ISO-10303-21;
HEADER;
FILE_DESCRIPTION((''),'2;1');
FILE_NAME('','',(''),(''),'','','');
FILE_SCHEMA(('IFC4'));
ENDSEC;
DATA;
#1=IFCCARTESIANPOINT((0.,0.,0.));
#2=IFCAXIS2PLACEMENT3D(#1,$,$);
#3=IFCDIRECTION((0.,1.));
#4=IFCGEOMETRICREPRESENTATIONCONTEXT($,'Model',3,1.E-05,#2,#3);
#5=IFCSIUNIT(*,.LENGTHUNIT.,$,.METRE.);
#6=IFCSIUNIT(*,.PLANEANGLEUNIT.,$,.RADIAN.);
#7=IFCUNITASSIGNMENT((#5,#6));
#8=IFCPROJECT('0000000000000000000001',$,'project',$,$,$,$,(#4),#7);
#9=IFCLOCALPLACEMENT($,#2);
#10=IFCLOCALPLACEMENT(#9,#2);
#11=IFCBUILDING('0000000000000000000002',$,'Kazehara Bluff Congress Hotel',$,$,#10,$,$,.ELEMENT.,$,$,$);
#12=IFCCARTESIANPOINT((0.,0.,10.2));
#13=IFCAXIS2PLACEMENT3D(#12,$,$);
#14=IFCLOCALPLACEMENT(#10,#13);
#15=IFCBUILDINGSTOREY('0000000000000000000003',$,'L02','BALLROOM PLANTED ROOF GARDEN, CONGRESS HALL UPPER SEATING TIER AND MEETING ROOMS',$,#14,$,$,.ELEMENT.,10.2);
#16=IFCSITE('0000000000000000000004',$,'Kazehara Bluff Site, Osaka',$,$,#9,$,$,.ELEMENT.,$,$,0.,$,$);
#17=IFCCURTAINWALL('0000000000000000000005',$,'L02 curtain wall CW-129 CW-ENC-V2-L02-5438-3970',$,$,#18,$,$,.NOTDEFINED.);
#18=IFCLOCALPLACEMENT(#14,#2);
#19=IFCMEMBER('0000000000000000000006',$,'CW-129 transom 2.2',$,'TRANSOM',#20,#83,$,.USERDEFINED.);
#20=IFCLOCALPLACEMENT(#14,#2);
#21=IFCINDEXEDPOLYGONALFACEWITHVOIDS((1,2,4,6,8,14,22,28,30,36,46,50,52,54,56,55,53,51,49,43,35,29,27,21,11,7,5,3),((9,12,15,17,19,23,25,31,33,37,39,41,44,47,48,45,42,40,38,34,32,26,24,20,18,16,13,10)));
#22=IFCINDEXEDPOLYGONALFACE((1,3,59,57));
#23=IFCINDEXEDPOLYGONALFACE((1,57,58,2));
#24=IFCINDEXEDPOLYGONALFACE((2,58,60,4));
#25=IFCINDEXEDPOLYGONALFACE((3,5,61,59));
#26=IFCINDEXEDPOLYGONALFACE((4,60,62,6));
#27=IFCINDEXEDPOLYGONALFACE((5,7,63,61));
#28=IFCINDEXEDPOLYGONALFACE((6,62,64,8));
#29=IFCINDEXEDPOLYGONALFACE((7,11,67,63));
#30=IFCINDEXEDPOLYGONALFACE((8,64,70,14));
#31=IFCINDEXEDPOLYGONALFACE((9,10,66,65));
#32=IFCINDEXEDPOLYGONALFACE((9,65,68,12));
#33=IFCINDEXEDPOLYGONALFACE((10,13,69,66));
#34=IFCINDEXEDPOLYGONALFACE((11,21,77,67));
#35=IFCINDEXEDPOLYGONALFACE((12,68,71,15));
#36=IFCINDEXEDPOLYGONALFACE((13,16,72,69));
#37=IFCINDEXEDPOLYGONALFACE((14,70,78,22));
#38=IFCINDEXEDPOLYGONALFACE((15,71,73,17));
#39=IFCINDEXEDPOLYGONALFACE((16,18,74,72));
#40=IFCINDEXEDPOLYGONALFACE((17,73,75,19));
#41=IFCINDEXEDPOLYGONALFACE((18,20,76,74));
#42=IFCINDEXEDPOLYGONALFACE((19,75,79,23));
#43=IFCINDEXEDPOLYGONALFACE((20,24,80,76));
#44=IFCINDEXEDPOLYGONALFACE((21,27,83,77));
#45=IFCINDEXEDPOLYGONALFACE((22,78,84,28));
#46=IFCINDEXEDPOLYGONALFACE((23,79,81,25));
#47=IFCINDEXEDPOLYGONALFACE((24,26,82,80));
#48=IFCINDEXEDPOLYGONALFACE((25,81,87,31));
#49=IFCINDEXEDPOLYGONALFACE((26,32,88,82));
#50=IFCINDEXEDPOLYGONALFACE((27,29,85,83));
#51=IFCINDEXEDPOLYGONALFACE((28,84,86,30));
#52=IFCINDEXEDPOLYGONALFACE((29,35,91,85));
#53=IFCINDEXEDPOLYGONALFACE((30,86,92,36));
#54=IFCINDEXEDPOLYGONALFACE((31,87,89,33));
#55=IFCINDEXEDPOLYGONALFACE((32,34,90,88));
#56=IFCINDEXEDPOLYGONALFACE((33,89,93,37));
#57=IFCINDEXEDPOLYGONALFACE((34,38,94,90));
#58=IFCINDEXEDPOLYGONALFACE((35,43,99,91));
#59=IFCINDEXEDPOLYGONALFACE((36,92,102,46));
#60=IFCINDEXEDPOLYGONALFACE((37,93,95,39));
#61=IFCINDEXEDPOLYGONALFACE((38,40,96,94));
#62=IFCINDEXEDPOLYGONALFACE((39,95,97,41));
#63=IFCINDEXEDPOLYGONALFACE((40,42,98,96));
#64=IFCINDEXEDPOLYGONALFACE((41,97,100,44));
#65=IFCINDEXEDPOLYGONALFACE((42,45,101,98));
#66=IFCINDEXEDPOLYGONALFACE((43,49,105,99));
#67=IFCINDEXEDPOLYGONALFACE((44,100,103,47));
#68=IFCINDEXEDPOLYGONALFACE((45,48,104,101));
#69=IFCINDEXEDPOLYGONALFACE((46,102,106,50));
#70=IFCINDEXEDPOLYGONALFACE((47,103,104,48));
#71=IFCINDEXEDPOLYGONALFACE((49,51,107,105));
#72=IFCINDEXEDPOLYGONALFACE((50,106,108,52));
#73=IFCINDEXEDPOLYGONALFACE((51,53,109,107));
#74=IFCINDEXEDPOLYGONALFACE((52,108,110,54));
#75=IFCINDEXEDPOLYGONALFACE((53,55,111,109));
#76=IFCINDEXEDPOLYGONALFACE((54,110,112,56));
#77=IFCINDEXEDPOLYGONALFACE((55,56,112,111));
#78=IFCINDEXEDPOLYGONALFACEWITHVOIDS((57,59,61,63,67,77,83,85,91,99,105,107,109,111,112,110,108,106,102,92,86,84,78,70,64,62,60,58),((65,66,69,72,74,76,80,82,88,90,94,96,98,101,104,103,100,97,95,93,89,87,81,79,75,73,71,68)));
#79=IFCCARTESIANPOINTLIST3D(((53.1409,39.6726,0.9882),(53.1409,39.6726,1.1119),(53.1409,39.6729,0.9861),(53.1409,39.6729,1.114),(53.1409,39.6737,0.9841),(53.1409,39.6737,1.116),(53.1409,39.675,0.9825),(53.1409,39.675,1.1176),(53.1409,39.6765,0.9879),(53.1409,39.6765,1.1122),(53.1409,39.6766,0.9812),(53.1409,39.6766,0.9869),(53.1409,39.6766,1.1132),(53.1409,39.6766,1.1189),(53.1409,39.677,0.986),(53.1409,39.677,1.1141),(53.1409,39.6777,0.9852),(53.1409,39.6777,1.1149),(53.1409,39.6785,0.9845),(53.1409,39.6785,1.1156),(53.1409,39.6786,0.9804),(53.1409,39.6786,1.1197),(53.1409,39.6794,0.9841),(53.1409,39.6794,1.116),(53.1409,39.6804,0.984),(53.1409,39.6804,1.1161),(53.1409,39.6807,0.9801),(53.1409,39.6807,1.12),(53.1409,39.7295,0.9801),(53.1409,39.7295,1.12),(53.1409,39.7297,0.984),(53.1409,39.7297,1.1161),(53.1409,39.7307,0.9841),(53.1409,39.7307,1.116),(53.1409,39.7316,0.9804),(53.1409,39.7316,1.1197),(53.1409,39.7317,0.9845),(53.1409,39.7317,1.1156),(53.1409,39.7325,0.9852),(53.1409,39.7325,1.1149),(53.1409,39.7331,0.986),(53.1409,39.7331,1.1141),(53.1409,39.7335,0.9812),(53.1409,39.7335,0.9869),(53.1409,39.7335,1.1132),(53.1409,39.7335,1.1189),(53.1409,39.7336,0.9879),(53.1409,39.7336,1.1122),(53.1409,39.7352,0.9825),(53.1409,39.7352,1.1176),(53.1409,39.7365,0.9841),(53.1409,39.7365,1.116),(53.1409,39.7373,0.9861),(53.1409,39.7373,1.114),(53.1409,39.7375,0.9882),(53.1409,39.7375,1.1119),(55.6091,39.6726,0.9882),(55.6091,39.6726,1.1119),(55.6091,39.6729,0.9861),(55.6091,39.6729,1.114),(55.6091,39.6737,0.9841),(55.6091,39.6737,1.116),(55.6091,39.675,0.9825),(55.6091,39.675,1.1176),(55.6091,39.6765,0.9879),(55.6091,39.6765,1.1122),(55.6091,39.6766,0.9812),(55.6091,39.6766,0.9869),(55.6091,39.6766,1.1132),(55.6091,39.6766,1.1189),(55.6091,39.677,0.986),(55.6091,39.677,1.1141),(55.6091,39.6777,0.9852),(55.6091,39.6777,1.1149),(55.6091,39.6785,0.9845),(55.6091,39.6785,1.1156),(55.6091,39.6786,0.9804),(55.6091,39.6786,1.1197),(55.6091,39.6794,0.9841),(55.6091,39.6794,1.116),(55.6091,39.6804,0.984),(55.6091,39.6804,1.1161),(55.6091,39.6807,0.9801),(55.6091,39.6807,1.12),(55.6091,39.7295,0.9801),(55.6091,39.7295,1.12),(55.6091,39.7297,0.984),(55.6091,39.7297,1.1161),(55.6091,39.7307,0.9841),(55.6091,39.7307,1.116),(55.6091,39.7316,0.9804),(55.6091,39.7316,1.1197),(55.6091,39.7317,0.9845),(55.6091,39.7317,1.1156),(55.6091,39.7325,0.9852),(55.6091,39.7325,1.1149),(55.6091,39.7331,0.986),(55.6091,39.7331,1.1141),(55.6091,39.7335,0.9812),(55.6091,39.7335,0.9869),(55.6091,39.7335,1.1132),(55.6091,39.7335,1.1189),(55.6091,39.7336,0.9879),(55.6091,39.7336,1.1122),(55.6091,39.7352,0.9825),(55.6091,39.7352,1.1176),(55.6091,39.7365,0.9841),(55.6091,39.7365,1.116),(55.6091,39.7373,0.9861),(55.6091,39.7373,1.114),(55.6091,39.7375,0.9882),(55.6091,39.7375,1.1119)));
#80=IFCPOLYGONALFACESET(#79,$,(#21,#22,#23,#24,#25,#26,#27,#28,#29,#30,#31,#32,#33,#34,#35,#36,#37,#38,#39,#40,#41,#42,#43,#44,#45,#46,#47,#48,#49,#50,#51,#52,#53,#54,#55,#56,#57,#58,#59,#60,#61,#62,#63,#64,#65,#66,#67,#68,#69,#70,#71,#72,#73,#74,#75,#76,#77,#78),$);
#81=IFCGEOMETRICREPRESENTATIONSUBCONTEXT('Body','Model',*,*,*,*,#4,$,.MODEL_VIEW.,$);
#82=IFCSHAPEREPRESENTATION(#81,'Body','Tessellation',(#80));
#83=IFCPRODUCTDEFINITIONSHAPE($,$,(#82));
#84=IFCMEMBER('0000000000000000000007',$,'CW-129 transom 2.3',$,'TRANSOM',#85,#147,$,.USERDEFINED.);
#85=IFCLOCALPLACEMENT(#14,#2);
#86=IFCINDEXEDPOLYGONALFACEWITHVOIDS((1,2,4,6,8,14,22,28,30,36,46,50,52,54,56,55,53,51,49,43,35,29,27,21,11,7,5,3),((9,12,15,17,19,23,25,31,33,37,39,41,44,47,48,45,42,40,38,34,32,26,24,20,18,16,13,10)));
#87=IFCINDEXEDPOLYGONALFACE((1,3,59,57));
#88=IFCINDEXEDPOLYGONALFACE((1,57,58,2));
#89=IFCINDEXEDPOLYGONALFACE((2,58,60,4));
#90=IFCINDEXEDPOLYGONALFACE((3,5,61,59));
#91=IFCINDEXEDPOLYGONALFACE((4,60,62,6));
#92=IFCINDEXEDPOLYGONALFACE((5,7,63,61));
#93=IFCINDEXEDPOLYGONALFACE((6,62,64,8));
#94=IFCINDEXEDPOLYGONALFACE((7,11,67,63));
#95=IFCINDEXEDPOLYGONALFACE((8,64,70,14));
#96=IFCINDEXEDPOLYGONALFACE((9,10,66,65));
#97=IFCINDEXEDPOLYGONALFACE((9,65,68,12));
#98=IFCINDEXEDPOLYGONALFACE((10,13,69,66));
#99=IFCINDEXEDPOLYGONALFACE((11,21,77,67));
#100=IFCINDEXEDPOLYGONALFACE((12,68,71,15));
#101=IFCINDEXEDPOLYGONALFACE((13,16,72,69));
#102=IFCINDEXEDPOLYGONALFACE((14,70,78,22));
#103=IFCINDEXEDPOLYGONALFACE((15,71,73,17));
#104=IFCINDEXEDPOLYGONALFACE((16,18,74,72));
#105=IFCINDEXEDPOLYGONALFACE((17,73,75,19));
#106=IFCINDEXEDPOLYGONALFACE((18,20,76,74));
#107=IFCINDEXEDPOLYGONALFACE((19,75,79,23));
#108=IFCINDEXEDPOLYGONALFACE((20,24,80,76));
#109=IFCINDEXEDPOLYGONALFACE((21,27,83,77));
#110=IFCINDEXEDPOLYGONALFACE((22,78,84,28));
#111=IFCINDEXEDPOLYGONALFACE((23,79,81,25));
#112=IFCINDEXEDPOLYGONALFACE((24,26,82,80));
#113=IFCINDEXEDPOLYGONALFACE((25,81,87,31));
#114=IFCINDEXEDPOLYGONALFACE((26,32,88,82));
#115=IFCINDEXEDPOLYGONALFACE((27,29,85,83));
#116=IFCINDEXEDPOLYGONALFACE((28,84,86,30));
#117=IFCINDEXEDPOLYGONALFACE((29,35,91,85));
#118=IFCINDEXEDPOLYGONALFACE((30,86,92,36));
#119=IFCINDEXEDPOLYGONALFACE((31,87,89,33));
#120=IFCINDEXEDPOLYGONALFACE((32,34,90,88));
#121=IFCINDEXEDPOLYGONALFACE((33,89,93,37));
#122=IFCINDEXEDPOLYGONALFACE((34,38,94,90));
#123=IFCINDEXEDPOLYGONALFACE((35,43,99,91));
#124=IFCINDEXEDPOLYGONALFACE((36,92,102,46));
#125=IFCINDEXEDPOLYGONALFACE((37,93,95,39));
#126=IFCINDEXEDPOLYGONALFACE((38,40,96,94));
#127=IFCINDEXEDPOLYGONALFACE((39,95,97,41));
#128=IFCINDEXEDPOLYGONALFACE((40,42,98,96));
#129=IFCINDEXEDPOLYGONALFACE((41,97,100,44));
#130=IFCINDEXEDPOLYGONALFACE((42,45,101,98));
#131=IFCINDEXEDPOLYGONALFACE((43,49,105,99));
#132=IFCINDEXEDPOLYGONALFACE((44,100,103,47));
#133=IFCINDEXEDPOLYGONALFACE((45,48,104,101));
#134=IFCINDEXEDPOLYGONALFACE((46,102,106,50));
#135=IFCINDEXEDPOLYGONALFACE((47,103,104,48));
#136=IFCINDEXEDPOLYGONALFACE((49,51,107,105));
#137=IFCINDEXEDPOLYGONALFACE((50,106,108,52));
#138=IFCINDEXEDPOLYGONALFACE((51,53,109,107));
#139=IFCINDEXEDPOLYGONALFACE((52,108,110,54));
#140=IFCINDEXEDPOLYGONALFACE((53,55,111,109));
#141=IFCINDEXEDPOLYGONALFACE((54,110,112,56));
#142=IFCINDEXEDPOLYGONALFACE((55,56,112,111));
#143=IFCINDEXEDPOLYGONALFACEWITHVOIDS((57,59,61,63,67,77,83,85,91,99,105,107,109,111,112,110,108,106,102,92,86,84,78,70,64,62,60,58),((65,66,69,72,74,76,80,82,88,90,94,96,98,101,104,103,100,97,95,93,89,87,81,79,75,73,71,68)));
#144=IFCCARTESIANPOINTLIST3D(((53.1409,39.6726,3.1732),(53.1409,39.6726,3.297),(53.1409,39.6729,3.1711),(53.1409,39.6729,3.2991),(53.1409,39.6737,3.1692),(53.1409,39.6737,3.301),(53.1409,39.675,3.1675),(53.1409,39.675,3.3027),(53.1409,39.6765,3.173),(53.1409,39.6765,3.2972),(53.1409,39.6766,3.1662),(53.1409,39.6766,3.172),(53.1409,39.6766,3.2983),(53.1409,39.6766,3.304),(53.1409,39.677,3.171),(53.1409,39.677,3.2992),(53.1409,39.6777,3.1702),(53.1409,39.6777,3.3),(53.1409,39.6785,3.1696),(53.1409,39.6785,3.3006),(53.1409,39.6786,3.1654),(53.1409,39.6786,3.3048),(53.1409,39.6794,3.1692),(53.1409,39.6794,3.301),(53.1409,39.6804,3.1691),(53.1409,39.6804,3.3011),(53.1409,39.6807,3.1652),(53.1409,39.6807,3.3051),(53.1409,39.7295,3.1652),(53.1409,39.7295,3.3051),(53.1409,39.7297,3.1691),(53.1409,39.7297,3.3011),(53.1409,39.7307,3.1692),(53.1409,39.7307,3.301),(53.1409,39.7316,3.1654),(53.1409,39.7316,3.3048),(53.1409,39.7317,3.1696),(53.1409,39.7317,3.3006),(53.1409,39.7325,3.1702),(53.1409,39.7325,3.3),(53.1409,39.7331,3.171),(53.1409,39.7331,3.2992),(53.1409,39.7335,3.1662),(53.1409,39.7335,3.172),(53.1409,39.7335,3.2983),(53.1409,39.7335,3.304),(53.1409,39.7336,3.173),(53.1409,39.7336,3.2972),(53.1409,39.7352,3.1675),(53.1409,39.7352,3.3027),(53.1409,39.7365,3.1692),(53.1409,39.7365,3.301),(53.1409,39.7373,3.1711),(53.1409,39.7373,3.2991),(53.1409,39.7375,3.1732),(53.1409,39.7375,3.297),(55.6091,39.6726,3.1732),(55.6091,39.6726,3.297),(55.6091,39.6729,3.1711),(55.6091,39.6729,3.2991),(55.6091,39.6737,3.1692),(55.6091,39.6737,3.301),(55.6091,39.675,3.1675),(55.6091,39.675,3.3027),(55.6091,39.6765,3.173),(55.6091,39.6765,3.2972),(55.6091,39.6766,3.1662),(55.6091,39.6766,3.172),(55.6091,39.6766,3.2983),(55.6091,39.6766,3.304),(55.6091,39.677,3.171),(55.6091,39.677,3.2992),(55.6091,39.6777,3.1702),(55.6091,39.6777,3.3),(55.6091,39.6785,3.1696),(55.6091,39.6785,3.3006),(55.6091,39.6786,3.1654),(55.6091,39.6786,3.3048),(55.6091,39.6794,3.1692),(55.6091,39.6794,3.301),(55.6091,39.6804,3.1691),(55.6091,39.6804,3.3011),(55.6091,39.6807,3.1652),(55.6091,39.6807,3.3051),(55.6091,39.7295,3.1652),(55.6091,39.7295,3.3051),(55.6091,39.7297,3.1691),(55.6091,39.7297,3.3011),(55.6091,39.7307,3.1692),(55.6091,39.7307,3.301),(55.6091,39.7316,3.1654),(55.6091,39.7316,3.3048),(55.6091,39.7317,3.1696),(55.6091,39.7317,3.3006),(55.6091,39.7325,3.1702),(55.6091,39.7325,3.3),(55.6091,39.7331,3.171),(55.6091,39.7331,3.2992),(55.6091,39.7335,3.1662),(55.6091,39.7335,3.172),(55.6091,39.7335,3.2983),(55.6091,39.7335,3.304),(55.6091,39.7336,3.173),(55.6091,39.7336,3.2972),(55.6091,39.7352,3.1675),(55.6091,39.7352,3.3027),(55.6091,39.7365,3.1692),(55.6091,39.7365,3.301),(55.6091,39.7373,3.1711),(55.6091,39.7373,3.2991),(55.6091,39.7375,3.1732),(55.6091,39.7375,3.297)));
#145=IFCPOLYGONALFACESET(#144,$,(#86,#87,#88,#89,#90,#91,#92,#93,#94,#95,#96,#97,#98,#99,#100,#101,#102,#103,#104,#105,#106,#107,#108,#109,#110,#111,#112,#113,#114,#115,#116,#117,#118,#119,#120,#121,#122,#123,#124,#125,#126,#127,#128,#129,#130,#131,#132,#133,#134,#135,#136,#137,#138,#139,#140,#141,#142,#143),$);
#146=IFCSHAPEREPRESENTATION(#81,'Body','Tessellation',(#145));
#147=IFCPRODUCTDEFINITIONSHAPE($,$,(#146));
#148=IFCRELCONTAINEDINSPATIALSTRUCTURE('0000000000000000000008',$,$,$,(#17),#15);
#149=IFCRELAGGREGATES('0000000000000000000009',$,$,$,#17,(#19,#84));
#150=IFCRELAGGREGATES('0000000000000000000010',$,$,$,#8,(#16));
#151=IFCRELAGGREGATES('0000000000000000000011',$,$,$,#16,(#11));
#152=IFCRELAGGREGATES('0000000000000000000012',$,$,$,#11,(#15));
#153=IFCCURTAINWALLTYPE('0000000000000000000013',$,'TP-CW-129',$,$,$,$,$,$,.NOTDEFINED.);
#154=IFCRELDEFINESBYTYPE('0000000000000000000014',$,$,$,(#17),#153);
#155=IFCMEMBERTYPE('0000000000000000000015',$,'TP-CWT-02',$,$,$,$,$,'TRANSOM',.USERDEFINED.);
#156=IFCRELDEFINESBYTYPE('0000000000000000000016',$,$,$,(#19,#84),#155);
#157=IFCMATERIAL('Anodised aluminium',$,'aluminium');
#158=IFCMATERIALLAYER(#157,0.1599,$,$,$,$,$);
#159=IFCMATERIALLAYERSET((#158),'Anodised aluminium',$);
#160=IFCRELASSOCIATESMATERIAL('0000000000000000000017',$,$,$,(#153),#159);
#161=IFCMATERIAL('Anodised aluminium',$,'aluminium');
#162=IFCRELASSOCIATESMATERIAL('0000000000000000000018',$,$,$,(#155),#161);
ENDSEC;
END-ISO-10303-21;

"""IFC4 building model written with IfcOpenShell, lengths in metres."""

from ifc_helpers import new_model, si_unit, direction, frame, origin, origin_2d, place, context, subcontext, project, spatial, hollow_rectangle, extrude, material, layer, layer_set, material_profile, profile_set, type_object, element, aggregate, save


model = new_model("IFC4")

# Units and contexts
model_context = context("Model", 3, precision=1e-05, world=origin(), true_north=direction((0.0, 1.0)))
body_context = subcontext(model_context, "Body", "Model", "MODEL_VIEW")
ifc_project = project(units=[si_unit("LENGTHUNIT", "METRE"), si_unit("PLANEANGLEUNIT", "RADIAN")], contexts=[model_context])

# Site, building, storey
site_placement = place(None, origin())
site = spatial("IfcSite", under=ifc_project, at=site_placement, Name="Kazehara Bluff Site, Osaka", CompositionType="ELEMENT", RefElevation=0.0)
building_placement = place(site_placement, origin())
building = spatial("IfcBuilding", under=site, at=building_placement, Name="Kazehara Bluff Congress Hotel", CompositionType="ELEMENT")
storey_placement = place(building_placement, frame((0.0, 0.0, 10.2)))
storey = spatial("IfcBuildingStorey", under=building, at=storey_placement, Name="L02", Description="BALLROOM PLANTED ROOF GARDEN, CONGRESS HALL UPPER SEATING TIER AND MEETING ROOMS", CompositionType="ELEMENT", Elevation=10.2)

# Curtain wall
ifc_material_1 = material(Name="Anodised aluminium", Category="aluminium")
ifc_layer_1 = layer(ifc_material_1, 0.1599)
ifc_layer_set_1 = layer_set([ifc_layer_1], Name="Anodised aluminium")
curtain_wall_type_1 = type_object("IfcCurtainWallType", Name="TP-CW-129", PredefinedType="NOTDEFINED", material=ifc_layer_set_1)
curtain_wall_1_placement = place(storey_placement, origin())
curtain_wall_1 = element("IfcCurtainWall", 1, at=curtain_wall_1_placement, inside=storey, type_object=curtain_wall_type_1, Name="L02 curtain wall CW-129 CW-ENC-V2-L02-5438-3970", PredefinedType="NOTDEFINED")

# Shared definitions
ifc_material_2 = material(Name="Anodised aluminium", Category="aluminium")
ifc_material_profile_1 = material_profile(ifc_material_2, hollow_rectangle(XDim=0.0649, YDim=0.1399, WallThickness=0.0039, InnerFilletRadius=0.0039, OuterFilletRadius=0.0081, at=origin_2d()))
ifc_profile_set_1 = profile_set([ifc_material_profile_1], Name="Anodised aluminium")
member_type_1 = type_object("IfcMemberType", Name="TP-CWT-02", ElementType="TRANSOM", PredefinedType="USERDEFINED", material=ifc_profile_set_1)

# Members
member_1_placement = place(storey_placement, frame((53.1409, 39.7051, 1.05), z_axis=(1.0, 0.0, 0.0), x_axis=(0.0, 1.0, 0.0)))
member_1 = element("IfcMember", 2, at=member_1_placement, type_object=member_type_1, Name="CW-129 transom 2.2", ObjectType="TRANSOM", PredefinedType="USERDEFINED", context=body_context, shape_type="SweptSolid", body=[
    extrude(hollow_rectangle(XDim=0.0649, YDim=0.1399, WallThickness=0.0039, InnerFilletRadius=0.0039, OuterFilletRadius=0.0081, at=origin_2d()), origin(), (0.0, 0.0, 1.0), 2.4683),
])
member_2_placement = place(storey_placement, frame((53.1409, 39.7051, 3.2351), z_axis=(1.0, 0.0, 0.0), x_axis=(0.0, 1.0, 0.0)))
member_2 = element("IfcMember", 3, at=member_2_placement, type_object=member_type_1, Name="CW-129 transom 2.3", ObjectType="TRANSOM", PredefinedType="USERDEFINED", context=body_context, shape_type="SweptSolid", body=[
    extrude(hollow_rectangle(XDim=0.0649, YDim=0.1399, WallThickness=0.0039, InnerFilletRadius=0.0039, OuterFilletRadius=0.0081, at=origin_2d()), origin(), (0.0, 0.0, 1.0), 2.4683),
])

aggregate(curtain_wall_1, [member_1, member_2])

save(model, "model.ifc")
